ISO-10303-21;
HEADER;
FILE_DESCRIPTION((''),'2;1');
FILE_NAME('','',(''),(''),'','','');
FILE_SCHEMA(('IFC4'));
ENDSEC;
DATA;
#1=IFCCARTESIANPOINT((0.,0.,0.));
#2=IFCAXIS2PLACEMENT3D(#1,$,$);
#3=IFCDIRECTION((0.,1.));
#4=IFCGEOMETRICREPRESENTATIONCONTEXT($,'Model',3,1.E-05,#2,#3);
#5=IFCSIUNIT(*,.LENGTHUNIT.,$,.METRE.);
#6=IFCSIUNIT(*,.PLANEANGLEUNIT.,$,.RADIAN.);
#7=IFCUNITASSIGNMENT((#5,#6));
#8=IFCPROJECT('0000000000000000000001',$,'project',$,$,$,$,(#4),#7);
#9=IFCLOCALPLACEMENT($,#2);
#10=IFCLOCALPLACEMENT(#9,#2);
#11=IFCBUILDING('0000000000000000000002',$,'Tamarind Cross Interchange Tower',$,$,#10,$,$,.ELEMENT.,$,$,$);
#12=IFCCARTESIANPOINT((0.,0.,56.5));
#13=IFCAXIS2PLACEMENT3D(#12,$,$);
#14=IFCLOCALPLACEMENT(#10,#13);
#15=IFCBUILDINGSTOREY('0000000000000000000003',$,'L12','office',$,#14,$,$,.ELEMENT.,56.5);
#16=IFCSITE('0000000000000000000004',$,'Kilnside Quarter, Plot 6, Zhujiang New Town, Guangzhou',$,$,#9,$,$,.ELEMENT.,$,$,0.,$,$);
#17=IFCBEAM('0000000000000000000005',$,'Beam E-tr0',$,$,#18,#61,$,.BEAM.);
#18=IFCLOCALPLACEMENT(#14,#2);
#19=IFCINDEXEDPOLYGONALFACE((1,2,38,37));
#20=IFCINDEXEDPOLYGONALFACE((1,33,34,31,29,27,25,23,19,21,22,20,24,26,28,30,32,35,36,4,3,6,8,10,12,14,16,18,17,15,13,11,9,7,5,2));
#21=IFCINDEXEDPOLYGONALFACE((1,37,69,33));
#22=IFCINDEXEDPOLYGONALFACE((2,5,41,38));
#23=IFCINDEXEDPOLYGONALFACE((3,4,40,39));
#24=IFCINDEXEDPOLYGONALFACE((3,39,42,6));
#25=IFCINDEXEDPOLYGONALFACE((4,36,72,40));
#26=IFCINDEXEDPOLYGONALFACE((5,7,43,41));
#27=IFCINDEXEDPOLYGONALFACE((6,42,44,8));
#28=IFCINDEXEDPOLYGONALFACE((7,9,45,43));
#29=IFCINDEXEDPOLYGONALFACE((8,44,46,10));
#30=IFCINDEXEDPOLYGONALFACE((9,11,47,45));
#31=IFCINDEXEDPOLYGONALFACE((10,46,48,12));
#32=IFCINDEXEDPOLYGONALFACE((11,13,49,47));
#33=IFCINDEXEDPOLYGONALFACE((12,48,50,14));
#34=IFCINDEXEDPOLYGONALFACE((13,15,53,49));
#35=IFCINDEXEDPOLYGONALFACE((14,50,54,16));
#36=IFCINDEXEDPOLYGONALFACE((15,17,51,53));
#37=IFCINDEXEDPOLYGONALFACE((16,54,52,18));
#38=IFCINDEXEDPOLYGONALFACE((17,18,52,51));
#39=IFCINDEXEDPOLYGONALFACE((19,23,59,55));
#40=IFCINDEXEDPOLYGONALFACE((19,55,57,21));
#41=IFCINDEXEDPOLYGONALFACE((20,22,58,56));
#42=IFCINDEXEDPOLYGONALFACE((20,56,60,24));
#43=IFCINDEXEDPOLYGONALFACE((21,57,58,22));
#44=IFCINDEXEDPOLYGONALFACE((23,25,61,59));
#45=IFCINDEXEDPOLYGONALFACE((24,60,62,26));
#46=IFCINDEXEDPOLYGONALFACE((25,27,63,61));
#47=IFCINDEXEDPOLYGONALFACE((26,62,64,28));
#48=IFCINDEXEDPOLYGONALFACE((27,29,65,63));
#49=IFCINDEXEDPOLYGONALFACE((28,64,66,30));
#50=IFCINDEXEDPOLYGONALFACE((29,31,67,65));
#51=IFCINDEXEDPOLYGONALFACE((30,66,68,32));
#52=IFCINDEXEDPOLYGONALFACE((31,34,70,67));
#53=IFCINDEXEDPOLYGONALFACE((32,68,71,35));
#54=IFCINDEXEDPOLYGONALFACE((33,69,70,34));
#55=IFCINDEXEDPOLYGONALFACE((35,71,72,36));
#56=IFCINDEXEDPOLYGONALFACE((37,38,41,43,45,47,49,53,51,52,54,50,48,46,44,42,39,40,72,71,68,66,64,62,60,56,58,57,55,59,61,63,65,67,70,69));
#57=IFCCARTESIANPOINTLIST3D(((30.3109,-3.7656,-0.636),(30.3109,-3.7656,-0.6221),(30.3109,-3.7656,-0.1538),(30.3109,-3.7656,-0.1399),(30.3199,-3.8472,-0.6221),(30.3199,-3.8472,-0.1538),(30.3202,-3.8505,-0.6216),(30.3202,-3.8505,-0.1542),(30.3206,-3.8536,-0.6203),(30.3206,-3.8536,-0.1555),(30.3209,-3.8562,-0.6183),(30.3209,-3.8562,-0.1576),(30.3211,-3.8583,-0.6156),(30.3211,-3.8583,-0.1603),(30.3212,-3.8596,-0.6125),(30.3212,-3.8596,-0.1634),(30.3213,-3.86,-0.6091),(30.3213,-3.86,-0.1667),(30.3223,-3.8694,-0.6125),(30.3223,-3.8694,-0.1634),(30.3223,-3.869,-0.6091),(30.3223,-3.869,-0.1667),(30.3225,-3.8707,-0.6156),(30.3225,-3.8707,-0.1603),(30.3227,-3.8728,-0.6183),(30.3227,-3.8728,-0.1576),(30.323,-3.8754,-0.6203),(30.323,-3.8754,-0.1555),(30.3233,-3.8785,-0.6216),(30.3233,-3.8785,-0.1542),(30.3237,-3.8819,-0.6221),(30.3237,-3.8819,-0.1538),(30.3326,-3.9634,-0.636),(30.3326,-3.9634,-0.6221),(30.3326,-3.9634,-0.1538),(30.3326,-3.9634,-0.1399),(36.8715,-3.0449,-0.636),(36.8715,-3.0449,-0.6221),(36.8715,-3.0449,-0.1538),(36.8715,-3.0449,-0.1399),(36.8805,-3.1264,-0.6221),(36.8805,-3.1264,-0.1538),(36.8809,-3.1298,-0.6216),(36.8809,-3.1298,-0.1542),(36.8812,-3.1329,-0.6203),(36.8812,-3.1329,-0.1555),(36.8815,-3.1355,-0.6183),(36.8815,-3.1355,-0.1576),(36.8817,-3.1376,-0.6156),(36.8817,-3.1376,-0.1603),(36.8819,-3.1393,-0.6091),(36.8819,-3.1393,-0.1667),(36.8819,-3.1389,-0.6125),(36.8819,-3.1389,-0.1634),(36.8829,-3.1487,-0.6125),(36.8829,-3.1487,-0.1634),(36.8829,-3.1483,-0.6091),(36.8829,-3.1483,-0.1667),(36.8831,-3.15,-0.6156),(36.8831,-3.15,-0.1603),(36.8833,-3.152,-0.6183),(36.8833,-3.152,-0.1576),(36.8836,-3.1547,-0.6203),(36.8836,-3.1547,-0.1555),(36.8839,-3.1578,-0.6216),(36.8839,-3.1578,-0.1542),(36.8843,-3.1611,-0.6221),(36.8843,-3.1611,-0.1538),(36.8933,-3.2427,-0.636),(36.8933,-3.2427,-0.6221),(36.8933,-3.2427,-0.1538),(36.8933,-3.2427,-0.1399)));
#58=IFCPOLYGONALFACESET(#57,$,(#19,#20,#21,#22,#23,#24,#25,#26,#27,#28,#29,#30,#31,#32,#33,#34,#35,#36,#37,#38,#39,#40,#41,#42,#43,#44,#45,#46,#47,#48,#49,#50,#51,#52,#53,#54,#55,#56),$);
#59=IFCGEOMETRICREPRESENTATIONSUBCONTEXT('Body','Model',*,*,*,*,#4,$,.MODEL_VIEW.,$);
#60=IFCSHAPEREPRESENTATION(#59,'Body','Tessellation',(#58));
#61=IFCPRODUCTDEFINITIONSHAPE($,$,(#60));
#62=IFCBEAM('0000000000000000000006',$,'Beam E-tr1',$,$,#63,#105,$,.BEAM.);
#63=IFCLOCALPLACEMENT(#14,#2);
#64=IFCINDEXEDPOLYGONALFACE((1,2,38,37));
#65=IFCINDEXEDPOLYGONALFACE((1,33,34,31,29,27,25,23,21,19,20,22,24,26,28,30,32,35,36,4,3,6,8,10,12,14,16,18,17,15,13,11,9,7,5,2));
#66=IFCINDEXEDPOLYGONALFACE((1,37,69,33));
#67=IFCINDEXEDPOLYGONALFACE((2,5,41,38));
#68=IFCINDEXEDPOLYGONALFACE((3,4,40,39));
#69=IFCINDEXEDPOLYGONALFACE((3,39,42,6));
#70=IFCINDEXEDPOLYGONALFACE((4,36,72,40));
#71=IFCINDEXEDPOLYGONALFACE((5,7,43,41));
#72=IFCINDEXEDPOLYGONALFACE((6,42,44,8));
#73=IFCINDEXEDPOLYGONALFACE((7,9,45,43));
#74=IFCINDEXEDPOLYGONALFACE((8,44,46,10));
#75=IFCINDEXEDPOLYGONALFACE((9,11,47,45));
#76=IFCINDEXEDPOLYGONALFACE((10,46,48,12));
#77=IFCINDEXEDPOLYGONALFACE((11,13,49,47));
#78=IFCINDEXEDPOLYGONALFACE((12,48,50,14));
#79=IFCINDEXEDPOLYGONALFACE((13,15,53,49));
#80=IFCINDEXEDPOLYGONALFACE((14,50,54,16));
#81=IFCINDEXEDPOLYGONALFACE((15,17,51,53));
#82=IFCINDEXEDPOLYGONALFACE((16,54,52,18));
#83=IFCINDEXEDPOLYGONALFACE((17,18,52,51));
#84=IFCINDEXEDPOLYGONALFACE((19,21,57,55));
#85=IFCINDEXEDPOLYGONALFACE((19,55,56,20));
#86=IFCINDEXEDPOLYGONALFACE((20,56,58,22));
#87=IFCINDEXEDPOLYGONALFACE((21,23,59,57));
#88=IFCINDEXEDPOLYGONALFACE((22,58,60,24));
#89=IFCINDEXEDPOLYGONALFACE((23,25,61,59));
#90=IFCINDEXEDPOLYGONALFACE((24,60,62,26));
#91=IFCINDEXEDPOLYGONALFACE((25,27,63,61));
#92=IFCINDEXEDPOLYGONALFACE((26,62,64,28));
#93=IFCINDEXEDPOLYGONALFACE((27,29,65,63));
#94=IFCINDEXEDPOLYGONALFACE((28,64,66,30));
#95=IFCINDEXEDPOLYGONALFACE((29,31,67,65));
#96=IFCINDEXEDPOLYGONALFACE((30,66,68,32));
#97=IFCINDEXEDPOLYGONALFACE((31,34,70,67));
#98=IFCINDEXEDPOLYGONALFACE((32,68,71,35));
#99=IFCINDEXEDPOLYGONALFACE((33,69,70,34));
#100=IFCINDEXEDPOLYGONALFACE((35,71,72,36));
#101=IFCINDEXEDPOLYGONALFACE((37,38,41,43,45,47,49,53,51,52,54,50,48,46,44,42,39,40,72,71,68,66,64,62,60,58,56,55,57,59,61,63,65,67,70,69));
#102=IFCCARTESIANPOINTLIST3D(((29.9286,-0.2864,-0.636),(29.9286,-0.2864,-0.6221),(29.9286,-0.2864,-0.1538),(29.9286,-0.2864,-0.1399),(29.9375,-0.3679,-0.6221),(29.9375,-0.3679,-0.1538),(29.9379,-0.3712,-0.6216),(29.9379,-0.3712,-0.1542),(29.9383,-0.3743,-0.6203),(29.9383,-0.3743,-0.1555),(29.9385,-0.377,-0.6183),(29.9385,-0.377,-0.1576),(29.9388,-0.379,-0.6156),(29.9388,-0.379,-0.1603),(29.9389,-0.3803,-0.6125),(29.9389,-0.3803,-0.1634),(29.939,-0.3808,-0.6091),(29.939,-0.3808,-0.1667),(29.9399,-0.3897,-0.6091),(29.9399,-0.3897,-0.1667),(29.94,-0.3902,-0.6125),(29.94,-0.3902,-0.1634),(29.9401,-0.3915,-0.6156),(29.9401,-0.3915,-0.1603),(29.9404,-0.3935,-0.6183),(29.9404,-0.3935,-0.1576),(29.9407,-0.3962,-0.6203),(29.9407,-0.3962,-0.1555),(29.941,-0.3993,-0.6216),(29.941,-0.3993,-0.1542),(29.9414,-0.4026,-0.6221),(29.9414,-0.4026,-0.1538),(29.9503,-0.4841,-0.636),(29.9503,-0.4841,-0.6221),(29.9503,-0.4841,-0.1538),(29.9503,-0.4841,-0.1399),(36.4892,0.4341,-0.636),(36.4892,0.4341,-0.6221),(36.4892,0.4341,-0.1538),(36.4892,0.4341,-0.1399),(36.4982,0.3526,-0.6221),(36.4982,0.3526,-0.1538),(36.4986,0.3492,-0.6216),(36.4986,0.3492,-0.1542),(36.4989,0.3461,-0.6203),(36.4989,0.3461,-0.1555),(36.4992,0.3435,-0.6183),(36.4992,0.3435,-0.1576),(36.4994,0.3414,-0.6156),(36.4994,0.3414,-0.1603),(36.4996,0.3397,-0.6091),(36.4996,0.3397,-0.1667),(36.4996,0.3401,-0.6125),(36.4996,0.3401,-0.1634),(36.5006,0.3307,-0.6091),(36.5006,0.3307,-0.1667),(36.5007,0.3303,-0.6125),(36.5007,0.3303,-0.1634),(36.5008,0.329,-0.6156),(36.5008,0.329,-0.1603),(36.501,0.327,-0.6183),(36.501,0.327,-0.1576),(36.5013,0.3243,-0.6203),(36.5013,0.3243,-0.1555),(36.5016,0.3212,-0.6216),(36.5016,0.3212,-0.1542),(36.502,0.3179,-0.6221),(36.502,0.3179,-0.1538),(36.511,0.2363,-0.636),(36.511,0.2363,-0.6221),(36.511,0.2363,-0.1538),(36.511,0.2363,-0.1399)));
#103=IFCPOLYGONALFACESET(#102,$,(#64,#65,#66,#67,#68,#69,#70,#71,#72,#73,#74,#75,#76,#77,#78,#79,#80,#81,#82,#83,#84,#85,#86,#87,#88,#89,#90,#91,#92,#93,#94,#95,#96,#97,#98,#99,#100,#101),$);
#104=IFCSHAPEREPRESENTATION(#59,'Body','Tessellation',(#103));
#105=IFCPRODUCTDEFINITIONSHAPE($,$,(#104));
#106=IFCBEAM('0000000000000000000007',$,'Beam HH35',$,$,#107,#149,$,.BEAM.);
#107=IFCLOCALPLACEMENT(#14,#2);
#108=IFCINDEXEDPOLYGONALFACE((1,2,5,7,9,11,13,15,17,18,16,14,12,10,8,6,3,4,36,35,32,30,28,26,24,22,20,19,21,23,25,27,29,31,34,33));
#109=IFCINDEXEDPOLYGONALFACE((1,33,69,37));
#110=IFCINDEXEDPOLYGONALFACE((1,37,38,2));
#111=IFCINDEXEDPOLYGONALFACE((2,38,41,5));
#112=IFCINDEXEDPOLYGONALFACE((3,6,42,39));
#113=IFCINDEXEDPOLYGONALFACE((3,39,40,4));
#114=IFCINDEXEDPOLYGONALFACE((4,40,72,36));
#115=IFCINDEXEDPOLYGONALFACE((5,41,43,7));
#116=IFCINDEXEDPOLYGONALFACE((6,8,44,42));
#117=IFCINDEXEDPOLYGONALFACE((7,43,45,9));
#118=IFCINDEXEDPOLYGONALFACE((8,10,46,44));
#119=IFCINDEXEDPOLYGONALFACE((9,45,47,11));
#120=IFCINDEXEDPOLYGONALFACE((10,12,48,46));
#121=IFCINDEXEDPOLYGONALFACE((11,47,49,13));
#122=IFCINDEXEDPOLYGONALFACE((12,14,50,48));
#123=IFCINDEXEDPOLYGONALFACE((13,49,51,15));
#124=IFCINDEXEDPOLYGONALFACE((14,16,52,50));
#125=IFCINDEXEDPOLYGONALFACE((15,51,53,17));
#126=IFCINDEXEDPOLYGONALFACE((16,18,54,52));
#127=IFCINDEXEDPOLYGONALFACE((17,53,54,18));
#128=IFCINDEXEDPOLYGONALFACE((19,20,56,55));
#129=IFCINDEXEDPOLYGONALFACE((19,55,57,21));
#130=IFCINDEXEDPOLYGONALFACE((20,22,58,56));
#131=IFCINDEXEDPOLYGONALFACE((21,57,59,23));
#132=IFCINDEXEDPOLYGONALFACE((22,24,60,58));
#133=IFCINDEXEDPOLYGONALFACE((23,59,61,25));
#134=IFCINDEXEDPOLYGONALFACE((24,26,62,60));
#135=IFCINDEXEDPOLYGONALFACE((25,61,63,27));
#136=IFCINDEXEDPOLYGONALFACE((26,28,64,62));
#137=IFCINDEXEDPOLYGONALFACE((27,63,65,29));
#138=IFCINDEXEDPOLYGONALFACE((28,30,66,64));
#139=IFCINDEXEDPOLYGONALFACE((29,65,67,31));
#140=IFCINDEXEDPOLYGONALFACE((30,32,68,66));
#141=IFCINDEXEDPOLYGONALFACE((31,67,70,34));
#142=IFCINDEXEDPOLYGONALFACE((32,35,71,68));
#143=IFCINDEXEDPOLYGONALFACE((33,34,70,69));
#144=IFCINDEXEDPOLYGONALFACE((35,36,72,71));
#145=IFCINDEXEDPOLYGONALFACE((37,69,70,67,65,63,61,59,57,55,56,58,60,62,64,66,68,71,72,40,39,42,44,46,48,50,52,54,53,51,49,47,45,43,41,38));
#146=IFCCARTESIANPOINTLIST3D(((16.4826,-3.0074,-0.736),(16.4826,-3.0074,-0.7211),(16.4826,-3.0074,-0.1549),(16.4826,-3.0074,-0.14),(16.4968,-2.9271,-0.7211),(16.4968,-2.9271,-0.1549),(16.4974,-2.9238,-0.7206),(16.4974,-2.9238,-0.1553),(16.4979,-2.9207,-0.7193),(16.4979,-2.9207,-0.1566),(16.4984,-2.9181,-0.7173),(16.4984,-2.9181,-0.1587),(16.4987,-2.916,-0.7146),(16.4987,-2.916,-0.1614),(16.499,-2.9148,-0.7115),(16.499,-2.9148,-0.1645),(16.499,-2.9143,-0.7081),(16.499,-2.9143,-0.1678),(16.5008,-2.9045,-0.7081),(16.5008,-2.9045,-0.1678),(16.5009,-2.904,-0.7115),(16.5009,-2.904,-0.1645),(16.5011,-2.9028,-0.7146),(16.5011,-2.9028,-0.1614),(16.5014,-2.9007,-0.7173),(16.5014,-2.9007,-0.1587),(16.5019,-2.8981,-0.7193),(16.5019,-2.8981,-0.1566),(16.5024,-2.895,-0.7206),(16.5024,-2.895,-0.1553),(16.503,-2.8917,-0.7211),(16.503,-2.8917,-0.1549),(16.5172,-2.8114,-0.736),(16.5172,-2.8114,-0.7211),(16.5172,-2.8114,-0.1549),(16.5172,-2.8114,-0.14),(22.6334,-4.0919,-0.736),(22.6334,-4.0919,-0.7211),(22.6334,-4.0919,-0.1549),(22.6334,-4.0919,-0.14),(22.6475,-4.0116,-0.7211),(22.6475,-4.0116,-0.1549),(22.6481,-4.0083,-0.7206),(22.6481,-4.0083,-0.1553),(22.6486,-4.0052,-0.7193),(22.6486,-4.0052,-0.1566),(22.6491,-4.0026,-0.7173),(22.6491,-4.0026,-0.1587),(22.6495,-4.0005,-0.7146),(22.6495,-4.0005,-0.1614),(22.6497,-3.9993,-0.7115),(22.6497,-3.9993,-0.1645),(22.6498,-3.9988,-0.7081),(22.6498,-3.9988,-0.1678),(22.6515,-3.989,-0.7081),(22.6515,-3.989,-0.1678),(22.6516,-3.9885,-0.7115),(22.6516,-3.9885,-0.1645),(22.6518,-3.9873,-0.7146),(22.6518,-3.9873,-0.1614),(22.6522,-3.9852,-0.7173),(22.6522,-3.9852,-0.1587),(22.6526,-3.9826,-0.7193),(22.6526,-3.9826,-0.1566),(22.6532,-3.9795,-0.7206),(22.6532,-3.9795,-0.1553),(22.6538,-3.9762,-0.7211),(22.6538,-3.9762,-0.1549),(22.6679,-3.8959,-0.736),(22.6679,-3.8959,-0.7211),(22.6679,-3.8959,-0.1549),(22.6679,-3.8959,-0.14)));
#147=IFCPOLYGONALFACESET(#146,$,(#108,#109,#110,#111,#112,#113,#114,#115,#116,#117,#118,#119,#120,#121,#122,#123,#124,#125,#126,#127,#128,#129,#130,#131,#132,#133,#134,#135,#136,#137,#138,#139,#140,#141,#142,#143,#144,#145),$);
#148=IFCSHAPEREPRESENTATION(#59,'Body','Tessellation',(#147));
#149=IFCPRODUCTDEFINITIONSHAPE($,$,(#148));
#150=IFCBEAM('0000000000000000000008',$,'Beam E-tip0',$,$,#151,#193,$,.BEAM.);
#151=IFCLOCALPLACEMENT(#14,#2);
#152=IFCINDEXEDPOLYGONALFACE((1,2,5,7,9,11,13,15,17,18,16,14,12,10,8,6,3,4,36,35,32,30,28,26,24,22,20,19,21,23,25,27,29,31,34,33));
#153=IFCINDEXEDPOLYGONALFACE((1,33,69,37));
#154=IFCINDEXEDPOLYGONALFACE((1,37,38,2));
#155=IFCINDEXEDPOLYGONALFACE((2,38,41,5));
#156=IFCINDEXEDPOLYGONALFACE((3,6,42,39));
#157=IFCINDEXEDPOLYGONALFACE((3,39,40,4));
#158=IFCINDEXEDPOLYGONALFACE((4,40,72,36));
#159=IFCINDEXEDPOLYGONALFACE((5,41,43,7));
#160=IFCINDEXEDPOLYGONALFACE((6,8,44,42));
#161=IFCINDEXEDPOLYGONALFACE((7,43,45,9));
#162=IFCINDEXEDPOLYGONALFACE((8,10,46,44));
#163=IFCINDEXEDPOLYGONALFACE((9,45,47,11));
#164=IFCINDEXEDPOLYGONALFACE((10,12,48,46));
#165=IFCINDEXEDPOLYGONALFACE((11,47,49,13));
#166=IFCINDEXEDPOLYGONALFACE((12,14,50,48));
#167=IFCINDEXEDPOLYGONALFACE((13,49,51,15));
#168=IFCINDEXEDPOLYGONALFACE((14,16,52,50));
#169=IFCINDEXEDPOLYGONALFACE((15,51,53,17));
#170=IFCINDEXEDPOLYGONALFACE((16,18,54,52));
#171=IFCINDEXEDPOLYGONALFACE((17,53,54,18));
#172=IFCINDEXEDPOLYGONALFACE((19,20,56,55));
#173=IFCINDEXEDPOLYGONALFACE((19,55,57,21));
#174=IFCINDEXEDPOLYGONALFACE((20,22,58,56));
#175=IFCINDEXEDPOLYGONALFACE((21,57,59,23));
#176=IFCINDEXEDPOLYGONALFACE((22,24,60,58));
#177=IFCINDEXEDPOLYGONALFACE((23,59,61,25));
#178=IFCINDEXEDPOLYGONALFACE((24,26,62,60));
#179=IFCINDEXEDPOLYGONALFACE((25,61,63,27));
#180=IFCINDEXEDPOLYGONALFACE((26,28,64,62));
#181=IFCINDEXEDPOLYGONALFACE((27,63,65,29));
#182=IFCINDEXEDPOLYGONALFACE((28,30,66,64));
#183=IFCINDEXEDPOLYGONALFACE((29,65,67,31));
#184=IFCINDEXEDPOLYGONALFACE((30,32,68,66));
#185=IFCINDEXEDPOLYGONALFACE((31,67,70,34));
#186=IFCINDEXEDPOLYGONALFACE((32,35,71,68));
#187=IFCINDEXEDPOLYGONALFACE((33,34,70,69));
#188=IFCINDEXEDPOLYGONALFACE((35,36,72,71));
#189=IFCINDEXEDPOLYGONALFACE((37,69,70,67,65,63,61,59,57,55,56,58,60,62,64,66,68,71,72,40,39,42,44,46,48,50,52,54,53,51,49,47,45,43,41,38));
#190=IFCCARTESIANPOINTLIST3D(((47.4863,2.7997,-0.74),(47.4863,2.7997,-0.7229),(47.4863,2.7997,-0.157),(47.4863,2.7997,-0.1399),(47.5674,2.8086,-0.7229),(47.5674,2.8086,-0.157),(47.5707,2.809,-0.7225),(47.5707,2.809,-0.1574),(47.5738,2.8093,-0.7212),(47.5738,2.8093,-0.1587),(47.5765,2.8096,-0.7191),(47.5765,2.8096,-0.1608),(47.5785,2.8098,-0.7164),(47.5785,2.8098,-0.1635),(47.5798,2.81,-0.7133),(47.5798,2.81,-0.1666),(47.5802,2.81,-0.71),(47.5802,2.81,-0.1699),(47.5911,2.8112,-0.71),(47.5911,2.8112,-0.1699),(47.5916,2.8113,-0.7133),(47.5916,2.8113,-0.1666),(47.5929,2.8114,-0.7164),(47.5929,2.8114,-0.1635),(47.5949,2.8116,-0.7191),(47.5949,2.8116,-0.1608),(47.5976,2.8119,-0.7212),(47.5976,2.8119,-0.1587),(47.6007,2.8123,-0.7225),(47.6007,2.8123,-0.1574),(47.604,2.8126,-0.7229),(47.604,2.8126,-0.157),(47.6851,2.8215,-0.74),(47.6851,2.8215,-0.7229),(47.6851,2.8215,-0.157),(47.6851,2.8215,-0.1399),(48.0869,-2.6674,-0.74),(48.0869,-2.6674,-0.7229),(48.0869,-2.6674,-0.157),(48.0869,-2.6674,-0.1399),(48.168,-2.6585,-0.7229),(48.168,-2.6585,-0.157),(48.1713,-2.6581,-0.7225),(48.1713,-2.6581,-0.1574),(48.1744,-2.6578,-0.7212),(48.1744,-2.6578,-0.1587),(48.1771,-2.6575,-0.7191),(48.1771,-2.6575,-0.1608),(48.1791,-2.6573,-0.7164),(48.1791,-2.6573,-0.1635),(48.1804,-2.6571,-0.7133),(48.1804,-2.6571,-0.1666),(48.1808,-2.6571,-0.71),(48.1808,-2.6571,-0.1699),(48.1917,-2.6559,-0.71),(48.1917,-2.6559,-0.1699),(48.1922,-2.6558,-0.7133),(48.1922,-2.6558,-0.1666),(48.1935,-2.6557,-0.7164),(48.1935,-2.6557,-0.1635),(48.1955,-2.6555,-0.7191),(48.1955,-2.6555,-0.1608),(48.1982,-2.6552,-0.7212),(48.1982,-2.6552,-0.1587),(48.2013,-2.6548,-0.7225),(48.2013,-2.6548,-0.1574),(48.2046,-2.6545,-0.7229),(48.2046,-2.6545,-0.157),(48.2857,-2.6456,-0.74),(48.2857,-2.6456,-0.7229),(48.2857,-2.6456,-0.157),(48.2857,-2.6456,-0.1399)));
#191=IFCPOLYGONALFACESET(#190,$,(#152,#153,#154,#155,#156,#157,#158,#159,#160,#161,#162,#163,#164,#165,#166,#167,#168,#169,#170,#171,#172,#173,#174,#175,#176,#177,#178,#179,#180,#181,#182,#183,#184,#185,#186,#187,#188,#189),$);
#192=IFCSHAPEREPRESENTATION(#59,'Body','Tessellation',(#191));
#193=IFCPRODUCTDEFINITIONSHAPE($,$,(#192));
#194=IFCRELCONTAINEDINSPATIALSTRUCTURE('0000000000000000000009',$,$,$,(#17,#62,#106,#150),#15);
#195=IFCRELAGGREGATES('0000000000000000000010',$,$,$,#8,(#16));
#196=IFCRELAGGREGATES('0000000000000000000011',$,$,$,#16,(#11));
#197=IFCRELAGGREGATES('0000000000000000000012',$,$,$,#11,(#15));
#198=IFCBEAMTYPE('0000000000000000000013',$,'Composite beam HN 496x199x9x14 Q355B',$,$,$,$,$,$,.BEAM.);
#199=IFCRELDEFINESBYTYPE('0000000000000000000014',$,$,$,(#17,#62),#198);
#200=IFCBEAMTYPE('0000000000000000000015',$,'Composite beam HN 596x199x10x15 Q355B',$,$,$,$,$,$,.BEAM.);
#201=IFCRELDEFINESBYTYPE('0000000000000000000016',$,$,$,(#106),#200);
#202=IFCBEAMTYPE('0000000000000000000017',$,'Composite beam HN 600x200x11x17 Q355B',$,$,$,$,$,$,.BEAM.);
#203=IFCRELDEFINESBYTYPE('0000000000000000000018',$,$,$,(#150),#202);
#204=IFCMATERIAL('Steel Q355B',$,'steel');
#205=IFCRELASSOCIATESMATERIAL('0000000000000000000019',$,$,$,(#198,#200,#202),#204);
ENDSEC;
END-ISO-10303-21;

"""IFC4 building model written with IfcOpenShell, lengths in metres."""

from ifc_helpers import new_model, si_unit, direction, frame, origin, origin_2d, place, context, subcontext, project, spatial, i_section, extrude, material, material_profile, profile_set, type_object, element, save


model = new_model("IFC4")

# Units and contexts
model_context = context("Model", 3, precision=1e-05, world=origin(), true_north=direction((0.0, 1.0)))
body_context = subcontext(model_context, "Body", "Model", "MODEL_VIEW")
ifc_project = project(units=[si_unit("LENGTHUNIT", "METRE"), si_unit("PLANEANGLEUNIT", "RADIAN")], contexts=[model_context])

# Site, building, storey
site_placement = place(None, origin())
site = spatial("IfcSite", under=ifc_project, at=site_placement, Name="Kilnside Quarter, Plot 6, Zhujiang New Town, Guangzhou", CompositionType="ELEMENT", RefElevation=0.0)
building_placement = place(site_placement, origin())
building = spatial("IfcBuilding", under=site, at=building_placement, Name="Tamarind Cross Interchange Tower", CompositionType="ELEMENT")
storey_placement = place(building_placement, frame((0.0, 0.0, 56.5)))
storey = spatial("IfcBuildingStorey", under=building, at=storey_placement, Name="L12", Description="office", CompositionType="ELEMENT", Elevation=56.5)

# Beams
ifc_material_1 = material(Name="Steel Q355B", Category="steel")
ifc_material_profile_1 = material_profile(ifc_material_1, i_section(OverallWidth=0.199, OverallDepth=0.4961, WebThickness=0.009, FlangeThickness=0.0139, FilletRadius=0.0129, at=origin_2d()), Name="HN 496x199x9x14")
ifc_profile_set_1 = profile_set([ifc_material_profile_1], Name="Steel Q355B")
beam_type_1 = type_object("IfcBeamType", Name="Composite beam HN 496x199x9x14 Q355B", PredefinedType="BEAM", material=ifc_profile_set_1)
for number, where, z_axis, x_axis, name in (
    (1, (30.3218, -3.8645, -0.3879), (0.99402, 0.109197, 0.0), (-0.109197, 0.99402, 0.0), "Beam E-tr0"),
    (2, (29.9395, -0.3853, -0.3879), (0.994024, 0.109161, 0.0), (-0.109161, 0.994024, 0.0), "Beam E-tr1"),
):
    element("IfcBeam", number, at=place(storey_placement, frame(where, z_axis=z_axis, x_axis=x_axis)), inside=storey, type_object=beam_type_1, Name=name, PredefinedType="BEAM", context=body_context, shape_type="SweptSolid", body=[
        extrude(i_section(OverallWidth=0.199, OverallDepth=0.4961, WebThickness=0.009, FlangeThickness=0.0139, FilletRadius=0.0129, at=origin_2d()), origin(), (0.0, 0.0, 1.0), 6.6001),
    ])
ifc_material_profile_2 = material_profile(ifc_material_1, i_section(OverallWidth=0.199, OverallDepth=0.5959, WebThickness=0.01, FlangeThickness=0.0149, FilletRadius=0.0129, at=origin_2d()), Name="HN 596x199x10x15")
ifc_profile_set_2 = profile_set([ifc_material_profile_2], Name="Steel Q355B")
beam_type_2 = type_object("IfcBeamType", Name="Composite beam HN 596x199x10x15 Q355B", PredefinedType="BEAM", material=ifc_profile_set_2)
beam_1_placement = place(storey_placement, frame((22.6506, -3.9939, -0.438), z_axis=(-0.984809, 0.17364, 0.0), x_axis=(-0.17364, -0.984809, 0.0)))
element("IfcBeam", 3, at=beam_1_placement, inside=storey, type_object=beam_type_2, Name="Beam HH35", PredefinedType="BEAM", context=body_context, shape_type="SweptSolid", body=[
    extrude(i_section(OverallWidth=0.199, OverallDepth=0.5959, WebThickness=0.01, FlangeThickness=0.0149, FilletRadius=0.0129, at=origin_2d()), origin(), (0.0, 0.0, 1.0), 6.2456),
])
ifc_material_profile_3 = material_profile(ifc_material_1, i_section(OverallWidth=0.2, OverallDepth=0.6001, WebThickness=0.011, FlangeThickness=0.0171, FilletRadius=0.0129, at=origin_2d()), Name="HN 600x200x11x17")
ifc_profile_set_3 = profile_set([ifc_material_profile_3], Name="Steel Q355B")
beam_type_3 = type_object("IfcBeamType", Name="Composite beam HN 600x200x11x17 Q355B", PredefinedType="BEAM", material=ifc_profile_set_3)
beam_2_placement = place(storey_placement, frame((48.1863, -2.6565, -0.4399), z_axis=(-0.109199, 0.99402, 0.0), x_axis=(-0.99402, -0.109199, 0.0)))
element("IfcBeam", 4, at=beam_2_placement, inside=storey, type_object=beam_type_3, Name="Beam E-tip0", PredefinedType="BEAM", context=body_context, shape_type="SweptSolid", body=[
    extrude(i_section(OverallWidth=0.2, OverallDepth=0.6001, WebThickness=0.011, FlangeThickness=0.0171, FilletRadius=0.0129, at=origin_2d()), origin(), (0.0, 0.0, 1.0), 5.5),
])

save(model, "model.ifc")
